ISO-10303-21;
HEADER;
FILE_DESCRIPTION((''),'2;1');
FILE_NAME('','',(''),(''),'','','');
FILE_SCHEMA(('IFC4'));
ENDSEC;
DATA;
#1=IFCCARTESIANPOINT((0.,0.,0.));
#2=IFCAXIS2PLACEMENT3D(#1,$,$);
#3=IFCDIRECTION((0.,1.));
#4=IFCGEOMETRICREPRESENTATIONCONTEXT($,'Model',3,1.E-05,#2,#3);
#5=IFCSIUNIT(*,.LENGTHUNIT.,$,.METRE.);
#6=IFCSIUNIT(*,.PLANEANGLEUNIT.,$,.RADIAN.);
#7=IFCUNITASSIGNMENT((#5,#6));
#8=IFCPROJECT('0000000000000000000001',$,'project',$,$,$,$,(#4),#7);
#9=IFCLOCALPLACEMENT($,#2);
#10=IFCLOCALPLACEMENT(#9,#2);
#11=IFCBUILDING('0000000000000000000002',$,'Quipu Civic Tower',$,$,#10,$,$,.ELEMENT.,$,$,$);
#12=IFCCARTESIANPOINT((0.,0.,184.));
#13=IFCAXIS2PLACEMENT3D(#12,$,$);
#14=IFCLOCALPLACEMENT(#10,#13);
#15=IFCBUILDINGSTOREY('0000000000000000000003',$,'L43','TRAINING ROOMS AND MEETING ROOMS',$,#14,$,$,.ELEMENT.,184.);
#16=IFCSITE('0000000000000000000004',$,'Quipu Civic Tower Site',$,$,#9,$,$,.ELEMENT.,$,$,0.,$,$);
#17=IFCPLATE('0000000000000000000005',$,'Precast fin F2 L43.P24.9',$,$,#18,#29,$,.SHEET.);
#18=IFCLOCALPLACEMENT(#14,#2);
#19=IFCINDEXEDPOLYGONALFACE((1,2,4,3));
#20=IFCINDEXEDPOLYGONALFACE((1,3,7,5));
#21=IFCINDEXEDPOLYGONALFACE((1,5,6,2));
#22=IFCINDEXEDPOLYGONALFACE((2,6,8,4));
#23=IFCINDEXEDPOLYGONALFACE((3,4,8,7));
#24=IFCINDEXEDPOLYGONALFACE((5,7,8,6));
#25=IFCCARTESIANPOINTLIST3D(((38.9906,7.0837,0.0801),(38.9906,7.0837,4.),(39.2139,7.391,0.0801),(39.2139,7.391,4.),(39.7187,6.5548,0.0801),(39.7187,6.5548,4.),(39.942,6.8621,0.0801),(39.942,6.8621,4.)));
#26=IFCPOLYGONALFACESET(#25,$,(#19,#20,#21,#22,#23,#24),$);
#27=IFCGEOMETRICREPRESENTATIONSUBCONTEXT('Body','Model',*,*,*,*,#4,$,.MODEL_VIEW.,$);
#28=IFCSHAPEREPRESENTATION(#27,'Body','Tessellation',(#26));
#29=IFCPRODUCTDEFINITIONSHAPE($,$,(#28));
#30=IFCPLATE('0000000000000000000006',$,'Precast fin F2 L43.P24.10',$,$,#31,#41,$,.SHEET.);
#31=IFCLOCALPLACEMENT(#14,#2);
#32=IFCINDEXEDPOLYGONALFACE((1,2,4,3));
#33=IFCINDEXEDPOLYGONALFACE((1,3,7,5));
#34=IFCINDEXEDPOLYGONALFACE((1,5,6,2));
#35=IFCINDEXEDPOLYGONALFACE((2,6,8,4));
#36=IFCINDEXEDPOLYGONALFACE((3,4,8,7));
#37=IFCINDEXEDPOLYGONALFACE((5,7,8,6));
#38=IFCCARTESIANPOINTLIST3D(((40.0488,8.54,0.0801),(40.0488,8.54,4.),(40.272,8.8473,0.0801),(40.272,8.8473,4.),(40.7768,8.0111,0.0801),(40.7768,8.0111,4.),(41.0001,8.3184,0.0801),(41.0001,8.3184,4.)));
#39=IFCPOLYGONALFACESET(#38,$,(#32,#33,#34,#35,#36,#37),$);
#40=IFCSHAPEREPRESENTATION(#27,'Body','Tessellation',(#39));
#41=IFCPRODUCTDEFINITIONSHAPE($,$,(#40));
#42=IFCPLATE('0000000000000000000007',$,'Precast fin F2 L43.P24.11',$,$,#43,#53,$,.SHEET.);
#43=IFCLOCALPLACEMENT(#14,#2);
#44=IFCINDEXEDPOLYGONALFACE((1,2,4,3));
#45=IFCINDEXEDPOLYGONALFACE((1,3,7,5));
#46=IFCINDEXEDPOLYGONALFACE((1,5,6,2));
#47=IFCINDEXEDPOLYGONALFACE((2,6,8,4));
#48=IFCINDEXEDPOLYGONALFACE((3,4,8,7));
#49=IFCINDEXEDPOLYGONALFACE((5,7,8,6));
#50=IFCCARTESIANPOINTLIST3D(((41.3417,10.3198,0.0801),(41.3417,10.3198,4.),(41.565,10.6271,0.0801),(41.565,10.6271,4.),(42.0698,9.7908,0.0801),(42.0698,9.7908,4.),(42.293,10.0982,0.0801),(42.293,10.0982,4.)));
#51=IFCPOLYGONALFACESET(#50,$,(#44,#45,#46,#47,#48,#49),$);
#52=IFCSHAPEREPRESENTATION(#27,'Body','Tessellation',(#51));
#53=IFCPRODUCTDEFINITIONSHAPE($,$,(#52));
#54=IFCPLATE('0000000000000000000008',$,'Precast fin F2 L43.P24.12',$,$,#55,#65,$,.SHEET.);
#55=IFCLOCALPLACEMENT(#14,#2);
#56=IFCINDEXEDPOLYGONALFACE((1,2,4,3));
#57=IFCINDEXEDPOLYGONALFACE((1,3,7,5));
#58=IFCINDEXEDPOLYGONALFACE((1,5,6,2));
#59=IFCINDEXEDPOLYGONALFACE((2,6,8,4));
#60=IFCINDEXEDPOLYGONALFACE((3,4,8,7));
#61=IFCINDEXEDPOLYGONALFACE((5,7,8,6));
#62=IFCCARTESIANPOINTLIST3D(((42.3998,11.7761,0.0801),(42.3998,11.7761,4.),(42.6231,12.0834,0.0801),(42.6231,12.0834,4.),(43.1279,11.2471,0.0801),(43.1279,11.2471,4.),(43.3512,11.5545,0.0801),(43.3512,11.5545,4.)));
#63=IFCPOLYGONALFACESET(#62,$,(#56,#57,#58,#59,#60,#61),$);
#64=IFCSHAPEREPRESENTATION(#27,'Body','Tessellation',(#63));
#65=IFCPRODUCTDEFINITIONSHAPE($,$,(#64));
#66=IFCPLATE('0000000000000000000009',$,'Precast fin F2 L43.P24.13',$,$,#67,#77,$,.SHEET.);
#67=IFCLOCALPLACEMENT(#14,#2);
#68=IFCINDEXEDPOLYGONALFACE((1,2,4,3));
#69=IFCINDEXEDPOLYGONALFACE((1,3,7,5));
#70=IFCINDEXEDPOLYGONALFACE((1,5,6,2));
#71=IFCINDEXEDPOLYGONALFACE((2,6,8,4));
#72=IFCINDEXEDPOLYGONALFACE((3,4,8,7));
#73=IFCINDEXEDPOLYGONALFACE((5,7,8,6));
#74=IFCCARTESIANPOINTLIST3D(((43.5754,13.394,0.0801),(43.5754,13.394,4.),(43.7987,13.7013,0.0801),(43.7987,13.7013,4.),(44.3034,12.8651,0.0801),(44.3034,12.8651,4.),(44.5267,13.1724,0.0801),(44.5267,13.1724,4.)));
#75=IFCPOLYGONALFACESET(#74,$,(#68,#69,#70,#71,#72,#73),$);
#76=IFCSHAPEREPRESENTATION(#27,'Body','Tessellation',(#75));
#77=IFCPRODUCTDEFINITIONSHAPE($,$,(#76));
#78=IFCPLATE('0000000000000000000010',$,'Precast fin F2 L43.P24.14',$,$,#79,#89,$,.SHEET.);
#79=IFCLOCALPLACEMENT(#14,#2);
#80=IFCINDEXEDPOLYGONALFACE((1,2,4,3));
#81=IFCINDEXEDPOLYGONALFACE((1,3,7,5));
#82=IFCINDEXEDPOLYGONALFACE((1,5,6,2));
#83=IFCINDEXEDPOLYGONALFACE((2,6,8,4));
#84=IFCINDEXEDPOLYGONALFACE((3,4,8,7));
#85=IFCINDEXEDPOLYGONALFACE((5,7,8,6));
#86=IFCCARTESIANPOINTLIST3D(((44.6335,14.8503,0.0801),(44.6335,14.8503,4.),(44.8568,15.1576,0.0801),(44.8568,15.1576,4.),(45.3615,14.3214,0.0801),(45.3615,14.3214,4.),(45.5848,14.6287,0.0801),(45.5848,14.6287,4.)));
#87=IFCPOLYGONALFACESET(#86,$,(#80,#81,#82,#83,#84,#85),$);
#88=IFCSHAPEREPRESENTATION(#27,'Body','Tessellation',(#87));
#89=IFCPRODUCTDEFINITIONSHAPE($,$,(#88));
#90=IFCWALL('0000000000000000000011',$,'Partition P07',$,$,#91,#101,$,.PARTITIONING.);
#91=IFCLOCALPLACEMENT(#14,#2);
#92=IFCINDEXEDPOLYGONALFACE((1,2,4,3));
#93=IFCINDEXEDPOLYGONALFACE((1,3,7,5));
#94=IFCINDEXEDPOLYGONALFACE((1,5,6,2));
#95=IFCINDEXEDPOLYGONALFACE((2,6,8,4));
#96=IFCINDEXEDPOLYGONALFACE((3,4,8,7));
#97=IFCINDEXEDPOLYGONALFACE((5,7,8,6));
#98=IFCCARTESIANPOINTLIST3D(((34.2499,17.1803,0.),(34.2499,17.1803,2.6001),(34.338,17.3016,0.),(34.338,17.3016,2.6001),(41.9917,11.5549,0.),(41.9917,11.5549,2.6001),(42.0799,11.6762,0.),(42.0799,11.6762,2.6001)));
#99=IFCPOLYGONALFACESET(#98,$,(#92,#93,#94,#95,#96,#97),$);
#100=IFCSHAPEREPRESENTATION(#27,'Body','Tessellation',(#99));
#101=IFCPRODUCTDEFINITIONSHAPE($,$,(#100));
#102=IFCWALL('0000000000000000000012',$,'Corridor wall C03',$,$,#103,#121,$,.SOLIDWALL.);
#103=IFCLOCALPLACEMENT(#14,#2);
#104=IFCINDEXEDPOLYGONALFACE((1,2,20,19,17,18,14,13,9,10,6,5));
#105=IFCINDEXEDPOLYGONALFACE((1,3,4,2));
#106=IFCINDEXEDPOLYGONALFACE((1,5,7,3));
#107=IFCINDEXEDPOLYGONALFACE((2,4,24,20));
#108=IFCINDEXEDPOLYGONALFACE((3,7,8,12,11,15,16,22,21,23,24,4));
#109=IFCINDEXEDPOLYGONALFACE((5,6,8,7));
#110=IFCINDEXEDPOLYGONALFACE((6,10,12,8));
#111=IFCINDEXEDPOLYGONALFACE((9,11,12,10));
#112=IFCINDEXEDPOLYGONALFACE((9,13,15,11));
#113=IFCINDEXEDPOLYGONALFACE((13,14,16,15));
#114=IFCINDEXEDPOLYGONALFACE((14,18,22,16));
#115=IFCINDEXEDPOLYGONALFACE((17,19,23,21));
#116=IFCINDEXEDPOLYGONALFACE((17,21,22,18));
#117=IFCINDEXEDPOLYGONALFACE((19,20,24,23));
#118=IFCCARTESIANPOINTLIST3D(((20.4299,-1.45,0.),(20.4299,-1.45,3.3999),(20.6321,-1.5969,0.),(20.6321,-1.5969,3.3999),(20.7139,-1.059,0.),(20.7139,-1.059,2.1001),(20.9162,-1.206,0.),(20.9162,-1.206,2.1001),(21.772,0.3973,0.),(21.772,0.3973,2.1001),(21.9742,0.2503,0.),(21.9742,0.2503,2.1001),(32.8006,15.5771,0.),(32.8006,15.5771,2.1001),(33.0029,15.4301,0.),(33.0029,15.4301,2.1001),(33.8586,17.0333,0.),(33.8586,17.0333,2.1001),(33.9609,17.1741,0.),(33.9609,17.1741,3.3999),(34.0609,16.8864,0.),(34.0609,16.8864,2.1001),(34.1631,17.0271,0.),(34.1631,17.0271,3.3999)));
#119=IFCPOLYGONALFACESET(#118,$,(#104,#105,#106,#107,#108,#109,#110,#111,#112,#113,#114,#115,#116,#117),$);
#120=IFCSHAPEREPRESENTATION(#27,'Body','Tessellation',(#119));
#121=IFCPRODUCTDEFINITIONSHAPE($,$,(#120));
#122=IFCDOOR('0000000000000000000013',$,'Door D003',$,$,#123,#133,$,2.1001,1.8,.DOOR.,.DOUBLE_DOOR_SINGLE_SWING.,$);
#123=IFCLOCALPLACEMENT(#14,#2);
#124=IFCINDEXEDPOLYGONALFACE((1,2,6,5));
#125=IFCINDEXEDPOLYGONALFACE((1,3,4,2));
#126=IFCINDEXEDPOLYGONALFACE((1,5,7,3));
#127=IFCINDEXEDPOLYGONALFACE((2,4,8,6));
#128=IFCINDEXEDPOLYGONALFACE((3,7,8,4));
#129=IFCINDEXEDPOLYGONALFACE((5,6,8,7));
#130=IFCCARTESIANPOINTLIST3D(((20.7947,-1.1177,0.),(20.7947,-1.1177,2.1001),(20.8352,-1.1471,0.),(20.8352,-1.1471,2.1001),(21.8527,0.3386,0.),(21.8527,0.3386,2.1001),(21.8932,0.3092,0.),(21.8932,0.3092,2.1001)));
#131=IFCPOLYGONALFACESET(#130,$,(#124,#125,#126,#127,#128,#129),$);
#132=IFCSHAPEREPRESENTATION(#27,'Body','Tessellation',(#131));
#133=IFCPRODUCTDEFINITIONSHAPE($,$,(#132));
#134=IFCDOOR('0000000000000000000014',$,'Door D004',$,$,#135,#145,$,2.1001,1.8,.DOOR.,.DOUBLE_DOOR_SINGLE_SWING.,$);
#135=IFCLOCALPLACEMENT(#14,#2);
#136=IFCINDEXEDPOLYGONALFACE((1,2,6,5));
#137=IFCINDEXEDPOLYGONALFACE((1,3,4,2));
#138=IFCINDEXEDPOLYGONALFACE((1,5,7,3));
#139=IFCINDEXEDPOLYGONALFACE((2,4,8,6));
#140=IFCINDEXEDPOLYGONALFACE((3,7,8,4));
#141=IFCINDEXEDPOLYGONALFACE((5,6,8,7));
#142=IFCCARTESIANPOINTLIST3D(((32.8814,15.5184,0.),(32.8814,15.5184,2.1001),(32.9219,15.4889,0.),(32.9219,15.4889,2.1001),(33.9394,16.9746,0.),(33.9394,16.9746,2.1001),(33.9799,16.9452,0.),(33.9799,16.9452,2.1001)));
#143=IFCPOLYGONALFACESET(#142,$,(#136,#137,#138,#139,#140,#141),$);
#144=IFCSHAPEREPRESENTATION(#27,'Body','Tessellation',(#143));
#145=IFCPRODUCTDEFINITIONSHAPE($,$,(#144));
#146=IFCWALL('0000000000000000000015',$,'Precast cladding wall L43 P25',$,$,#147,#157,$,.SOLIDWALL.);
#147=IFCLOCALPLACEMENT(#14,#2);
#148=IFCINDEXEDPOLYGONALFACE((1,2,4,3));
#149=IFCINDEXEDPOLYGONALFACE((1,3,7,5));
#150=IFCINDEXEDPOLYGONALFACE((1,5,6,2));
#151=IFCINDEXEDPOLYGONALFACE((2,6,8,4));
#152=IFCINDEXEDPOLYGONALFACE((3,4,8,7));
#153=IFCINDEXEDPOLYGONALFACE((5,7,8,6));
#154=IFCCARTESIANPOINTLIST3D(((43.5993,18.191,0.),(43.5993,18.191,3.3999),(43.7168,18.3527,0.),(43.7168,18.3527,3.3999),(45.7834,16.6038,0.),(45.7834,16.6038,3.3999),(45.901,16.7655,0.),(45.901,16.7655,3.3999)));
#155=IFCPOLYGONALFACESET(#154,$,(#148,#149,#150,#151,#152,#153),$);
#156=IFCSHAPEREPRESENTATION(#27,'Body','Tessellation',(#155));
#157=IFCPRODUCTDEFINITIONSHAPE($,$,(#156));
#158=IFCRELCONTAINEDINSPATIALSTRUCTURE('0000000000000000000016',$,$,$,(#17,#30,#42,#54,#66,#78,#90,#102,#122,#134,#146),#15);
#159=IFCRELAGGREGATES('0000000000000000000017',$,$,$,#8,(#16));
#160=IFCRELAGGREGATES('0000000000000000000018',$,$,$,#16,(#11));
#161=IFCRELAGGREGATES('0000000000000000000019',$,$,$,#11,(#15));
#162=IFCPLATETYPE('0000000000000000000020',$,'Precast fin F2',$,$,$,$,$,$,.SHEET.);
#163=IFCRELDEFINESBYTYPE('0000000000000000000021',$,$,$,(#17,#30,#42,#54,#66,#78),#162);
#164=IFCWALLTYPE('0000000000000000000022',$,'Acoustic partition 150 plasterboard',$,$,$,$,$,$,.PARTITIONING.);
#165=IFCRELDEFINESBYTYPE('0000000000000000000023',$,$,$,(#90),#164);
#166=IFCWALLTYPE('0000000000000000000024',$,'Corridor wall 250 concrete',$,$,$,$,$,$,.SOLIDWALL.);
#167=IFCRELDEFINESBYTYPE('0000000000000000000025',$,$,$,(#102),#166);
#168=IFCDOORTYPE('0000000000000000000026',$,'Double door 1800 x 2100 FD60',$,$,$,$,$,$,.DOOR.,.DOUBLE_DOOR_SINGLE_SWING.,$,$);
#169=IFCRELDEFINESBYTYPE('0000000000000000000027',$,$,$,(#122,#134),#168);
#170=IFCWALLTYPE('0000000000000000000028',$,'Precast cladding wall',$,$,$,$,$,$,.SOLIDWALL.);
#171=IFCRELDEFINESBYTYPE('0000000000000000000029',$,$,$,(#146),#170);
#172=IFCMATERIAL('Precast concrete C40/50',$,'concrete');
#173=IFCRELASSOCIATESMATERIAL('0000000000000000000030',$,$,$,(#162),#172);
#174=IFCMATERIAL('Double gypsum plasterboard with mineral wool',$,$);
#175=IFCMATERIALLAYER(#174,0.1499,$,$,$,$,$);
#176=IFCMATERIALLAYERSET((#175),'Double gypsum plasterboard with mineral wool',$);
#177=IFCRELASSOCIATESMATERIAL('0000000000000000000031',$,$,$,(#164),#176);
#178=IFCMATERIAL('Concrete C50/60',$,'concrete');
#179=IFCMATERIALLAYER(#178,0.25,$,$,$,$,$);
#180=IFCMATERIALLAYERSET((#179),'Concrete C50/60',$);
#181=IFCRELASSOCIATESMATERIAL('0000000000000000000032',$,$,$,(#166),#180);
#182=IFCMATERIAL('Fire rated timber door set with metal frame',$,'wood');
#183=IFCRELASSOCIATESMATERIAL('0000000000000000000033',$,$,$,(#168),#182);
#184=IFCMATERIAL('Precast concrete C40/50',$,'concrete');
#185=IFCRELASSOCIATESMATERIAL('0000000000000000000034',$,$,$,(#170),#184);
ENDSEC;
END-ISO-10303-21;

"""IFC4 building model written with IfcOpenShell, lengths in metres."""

from ifc_helpers import new_model, si_unit, direction, frame, frame_2d, origin, origin_2d, place, context, subcontext, project, spatial, rectangle, extrude, material, layer, layer_set, type_object, element, fill, save


model = new_model("IFC4")

# Units and contexts
model_context = context("Model", 3, precision=1e-05, world=origin(), true_north=direction((0.0, 1.0)))
body_context = subcontext(model_context, "Body", "Model", "MODEL_VIEW")
ifc_project = project(units=[si_unit("LENGTHUNIT", "METRE"), si_unit("PLANEANGLEUNIT", "RADIAN")], contexts=[model_context])

# Site, building, storey
site_placement = place(None, origin())
site = spatial("IfcSite", under=ifc_project, at=site_placement, Name="Quipu Civic Tower Site", CompositionType="ELEMENT", RefElevation=0.0)
building_placement = place(site_placement, origin())
building = spatial("IfcBuilding", under=site, at=building_placement, Name="Quipu Civic Tower", CompositionType="ELEMENT")
storey_placement = place(building_placement, frame((0.0, 0.0, 184.0)))
storey = spatial("IfcBuildingStorey", under=building, at=storey_placement, Name="L43", Description="TRAINING ROOMS AND MEETING ROOMS", CompositionType="ELEMENT", Elevation=184.0)

# Plates
ifc_material_1 = material(Name="Precast concrete C40/50", Category="concrete")
plate_type_1 = type_object("IfcPlateType", Name="Precast fin F2", PredefinedType="SHEET", material=ifc_material_1)
for number, where, z_axis, x_axis, name in (
    (1, (39.4663, 6.9729, 0.0801), (0.0, 0.0, 1.0), (0.587786, 0.809017, 0.0), "Precast fin F2 L43.P24.9"),
    (2, (40.5244, 8.4292, 0.0801), (0.0, 0.0, 1.0), (0.587786, 0.809017, 0.0), "Precast fin F2 L43.P24.10"),
    (3, (41.8174, 10.209, 0.0801), (0.0, 0.0, 1.0), (0.587786, 0.809017, 0.0), "Precast fin F2 L43.P24.11"),
    (4, (42.8755, 11.6653, 0.0801), (0.0, 0.0, 1.0), (0.587786, 0.809017, 0.0), "Precast fin F2 L43.P24.12"),
    (5, (44.051, 13.2832, 0.0801), (0.0, 0.0, 1.0), (0.587786, 0.809017, 0.0), "Precast fin F2 L43.P24.13"),
    (6, (45.1091, 14.7395, 0.0801), (0.0, 0.0, 1.0), (0.587786, 0.809017, 0.0), "Precast fin F2 L43.P24.14"),
):
    element("IfcPlate", number, at=place(storey_placement, frame(where, z_axis=z_axis, x_axis=x_axis)), inside=storey, type_object=plate_type_1, Name=name, PredefinedType="SHEET", context=body_context, shape_type="SweptSolid", body=[
        extrude(rectangle(XDim=0.3799, YDim=0.8999, at=origin_2d()), origin(), (0.0, 0.0, 1.0), 3.9199),
    ])

# Wall
ifc_material_2 = material(Name="Double gypsum plasterboard with mineral wool")
ifc_layer_1 = layer(ifc_material_2, 0.1499)
ifc_layer_set_1 = layer_set([ifc_layer_1], Name="Double gypsum plasterboard with mineral wool")
wall_type_1 = type_object("IfcWallType", Name="Acoustic partition 150 plasterboard", PredefinedType="PARTITIONING", material=ifc_layer_set_1)
wall_1_placement = place(storey_placement, frame((34.2939, 17.241, 0.0), z_axis=(0.0, 0.0, 1.0), x_axis=(0.808985, -0.587829, 0.0)))
element("IfcWall", 7, at=wall_1_placement, inside=storey, type_object=wall_type_1, Name="Partition P07", PredefinedType="PARTITIONING", context=body_context, shape_type="SweptSolid", body=[
    extrude(rectangle(XDim=9.5698, YDim=0.1499, at=frame_2d((4.7849, 0.0))), origin(), (0.0, 0.0, 1.0), 2.6001),
])

# Wall, openings, doors
ifc_material_3 = material(Name="Concrete C50/60", Category="concrete")
ifc_layer_2 = layer(ifc_material_3, 0.25)
ifc_layer_set_2 = layer_set([ifc_layer_2], Name="Concrete C50/60")
wall_type_2 = type_object("IfcWallType", Name="Corridor wall 250 concrete", PredefinedType="SOLIDWALL", material=ifc_layer_set_2)
wall_2_placement = place(storey_placement, frame((34.062, 17.1006, 0.0), z_axis=(0.0, 0.0, 1.0), x_axis=(-0.587781, -0.80902, 0.0)))
wall_2 = element("IfcWall", 8, at=wall_2_placement, inside=storey, type_object=wall_type_2, Name="Corridor wall C03", PredefinedType="SOLIDWALL", context=body_context, shape_type="SweptSolid", body=[
    extrude(rectangle(XDim=23.0205, YDim=0.25, at=frame_2d((11.5103, 0.0))), origin(), (0.0, 0.0, 1.0), 3.3999),
])
opening_1_placement = place(wall_2_placement, frame((20.7373, 0.0, 0.0)))
opening_1 = element("IfcOpeningElement", 9, at=opening_1_placement, cuts=wall_2, PredefinedType="OPENING", context=body_context, shape_type="SweptSolid", body=[
    extrude(rectangle(XDim=1.8, YDim=2.1001, at=frame_2d((0.8999, 1.05))), frame((0.0, 0.135, 0.0), z_axis=(0.0, -1.0, 0.0), x_axis=(1.0, 0.0, 0.0)), (0.0, 0.0, 1.0), 0.27),
])
opening_2_placement = place(wall_2_placement, frame((0.1741, 0.0, 0.0)))
opening_2 = element("IfcOpeningElement", 10, at=opening_2_placement, cuts=wall_2, PredefinedType="OPENING", context=body_context, shape_type="SweptSolid", body=[
    extrude(rectangle(XDim=1.8, YDim=2.1001, at=frame_2d((0.8999, 1.05))), frame((0.0, 0.135, 0.0), z_axis=(0.0, -1.0, 0.0), x_axis=(1.0, 0.0, 0.0)), (0.0, 0.0, 1.0), 0.27),
])
ifc_material_4 = material(Name="Fire rated timber door set with metal frame", Category="wood")
door_type = type_object("IfcDoorType", Name="Double door 1800 x 2100 FD60", OperationType="DOUBLE_DOOR_SINGLE_SWING", PredefinedType="DOOR", material=ifc_material_4)
door_1_placement = place(opening_1_placement, origin())
door_1 = element("IfcDoor", 11, at=door_1_placement, inside=storey, type_object=door_type, Name="Door D003", OperationType="DOUBLE_DOOR_SINGLE_SWING", OverallHeight=2.1001, OverallWidth=1.8, PredefinedType="DOOR", context=body_context, shape_type="SweptSolid", body=[
    extrude(rectangle(XDim=1.8, YDim=2.1001, at=frame_2d((0.8999, 1.05))), frame((0.0, 0.0249, 0.0), z_axis=(0.0, -1.0, 0.0), x_axis=(1.0, 0.0, 0.0)), (0.0, 0.0, 1.0), 0.05),
])
fill(opening_1, door_1)
door_2_placement = place(opening_2_placement, origin())
door_2 = element("IfcDoor", 12, at=door_2_placement, inside=storey, type_object=door_type, Name="Door D004", OperationType="DOUBLE_DOOR_SINGLE_SWING", OverallHeight=2.1001, OverallWidth=1.8, PredefinedType="DOOR", context=body_context, shape_type="SweptSolid", body=[
    extrude(rectangle(XDim=1.8, YDim=2.1001, at=frame_2d((0.8999, 1.05))), frame((0.0, 0.0249, 0.0), z_axis=(0.0, -1.0, 0.0), x_axis=(1.0, 0.0, 0.0)), (0.0, 0.0, 1.0), 0.05),
])
fill(opening_2, door_2)

# Wall
ifc_material_5 = material(Name="Precast concrete C40/50", Category="concrete")
wall_type_3 = type_object("IfcWallType", Name="Precast cladding wall", PredefinedType="SOLIDWALL", material=ifc_material_5)
wall_3_placement = place(storey_placement, frame((45.8423, 16.6846, 0.0), z_axis=(0.0, 0.0, 1.0), x_axis=(-0.808959, 0.587865, 0.0)))
element("IfcWall", 13, at=wall_3_placement, inside=storey, type_object=wall_type_3, Name="Precast cladding wall L43 P25", PredefinedType="SOLIDWALL", context=body_context, shape_type="SweptSolid", body=[
    extrude(rectangle(XDim=2.7, YDim=0.2, at=frame_2d((1.3501, 0.0))), origin(), (0.0, 0.0, 1.0), 3.3999),
])

save(model, "model.ifc")
